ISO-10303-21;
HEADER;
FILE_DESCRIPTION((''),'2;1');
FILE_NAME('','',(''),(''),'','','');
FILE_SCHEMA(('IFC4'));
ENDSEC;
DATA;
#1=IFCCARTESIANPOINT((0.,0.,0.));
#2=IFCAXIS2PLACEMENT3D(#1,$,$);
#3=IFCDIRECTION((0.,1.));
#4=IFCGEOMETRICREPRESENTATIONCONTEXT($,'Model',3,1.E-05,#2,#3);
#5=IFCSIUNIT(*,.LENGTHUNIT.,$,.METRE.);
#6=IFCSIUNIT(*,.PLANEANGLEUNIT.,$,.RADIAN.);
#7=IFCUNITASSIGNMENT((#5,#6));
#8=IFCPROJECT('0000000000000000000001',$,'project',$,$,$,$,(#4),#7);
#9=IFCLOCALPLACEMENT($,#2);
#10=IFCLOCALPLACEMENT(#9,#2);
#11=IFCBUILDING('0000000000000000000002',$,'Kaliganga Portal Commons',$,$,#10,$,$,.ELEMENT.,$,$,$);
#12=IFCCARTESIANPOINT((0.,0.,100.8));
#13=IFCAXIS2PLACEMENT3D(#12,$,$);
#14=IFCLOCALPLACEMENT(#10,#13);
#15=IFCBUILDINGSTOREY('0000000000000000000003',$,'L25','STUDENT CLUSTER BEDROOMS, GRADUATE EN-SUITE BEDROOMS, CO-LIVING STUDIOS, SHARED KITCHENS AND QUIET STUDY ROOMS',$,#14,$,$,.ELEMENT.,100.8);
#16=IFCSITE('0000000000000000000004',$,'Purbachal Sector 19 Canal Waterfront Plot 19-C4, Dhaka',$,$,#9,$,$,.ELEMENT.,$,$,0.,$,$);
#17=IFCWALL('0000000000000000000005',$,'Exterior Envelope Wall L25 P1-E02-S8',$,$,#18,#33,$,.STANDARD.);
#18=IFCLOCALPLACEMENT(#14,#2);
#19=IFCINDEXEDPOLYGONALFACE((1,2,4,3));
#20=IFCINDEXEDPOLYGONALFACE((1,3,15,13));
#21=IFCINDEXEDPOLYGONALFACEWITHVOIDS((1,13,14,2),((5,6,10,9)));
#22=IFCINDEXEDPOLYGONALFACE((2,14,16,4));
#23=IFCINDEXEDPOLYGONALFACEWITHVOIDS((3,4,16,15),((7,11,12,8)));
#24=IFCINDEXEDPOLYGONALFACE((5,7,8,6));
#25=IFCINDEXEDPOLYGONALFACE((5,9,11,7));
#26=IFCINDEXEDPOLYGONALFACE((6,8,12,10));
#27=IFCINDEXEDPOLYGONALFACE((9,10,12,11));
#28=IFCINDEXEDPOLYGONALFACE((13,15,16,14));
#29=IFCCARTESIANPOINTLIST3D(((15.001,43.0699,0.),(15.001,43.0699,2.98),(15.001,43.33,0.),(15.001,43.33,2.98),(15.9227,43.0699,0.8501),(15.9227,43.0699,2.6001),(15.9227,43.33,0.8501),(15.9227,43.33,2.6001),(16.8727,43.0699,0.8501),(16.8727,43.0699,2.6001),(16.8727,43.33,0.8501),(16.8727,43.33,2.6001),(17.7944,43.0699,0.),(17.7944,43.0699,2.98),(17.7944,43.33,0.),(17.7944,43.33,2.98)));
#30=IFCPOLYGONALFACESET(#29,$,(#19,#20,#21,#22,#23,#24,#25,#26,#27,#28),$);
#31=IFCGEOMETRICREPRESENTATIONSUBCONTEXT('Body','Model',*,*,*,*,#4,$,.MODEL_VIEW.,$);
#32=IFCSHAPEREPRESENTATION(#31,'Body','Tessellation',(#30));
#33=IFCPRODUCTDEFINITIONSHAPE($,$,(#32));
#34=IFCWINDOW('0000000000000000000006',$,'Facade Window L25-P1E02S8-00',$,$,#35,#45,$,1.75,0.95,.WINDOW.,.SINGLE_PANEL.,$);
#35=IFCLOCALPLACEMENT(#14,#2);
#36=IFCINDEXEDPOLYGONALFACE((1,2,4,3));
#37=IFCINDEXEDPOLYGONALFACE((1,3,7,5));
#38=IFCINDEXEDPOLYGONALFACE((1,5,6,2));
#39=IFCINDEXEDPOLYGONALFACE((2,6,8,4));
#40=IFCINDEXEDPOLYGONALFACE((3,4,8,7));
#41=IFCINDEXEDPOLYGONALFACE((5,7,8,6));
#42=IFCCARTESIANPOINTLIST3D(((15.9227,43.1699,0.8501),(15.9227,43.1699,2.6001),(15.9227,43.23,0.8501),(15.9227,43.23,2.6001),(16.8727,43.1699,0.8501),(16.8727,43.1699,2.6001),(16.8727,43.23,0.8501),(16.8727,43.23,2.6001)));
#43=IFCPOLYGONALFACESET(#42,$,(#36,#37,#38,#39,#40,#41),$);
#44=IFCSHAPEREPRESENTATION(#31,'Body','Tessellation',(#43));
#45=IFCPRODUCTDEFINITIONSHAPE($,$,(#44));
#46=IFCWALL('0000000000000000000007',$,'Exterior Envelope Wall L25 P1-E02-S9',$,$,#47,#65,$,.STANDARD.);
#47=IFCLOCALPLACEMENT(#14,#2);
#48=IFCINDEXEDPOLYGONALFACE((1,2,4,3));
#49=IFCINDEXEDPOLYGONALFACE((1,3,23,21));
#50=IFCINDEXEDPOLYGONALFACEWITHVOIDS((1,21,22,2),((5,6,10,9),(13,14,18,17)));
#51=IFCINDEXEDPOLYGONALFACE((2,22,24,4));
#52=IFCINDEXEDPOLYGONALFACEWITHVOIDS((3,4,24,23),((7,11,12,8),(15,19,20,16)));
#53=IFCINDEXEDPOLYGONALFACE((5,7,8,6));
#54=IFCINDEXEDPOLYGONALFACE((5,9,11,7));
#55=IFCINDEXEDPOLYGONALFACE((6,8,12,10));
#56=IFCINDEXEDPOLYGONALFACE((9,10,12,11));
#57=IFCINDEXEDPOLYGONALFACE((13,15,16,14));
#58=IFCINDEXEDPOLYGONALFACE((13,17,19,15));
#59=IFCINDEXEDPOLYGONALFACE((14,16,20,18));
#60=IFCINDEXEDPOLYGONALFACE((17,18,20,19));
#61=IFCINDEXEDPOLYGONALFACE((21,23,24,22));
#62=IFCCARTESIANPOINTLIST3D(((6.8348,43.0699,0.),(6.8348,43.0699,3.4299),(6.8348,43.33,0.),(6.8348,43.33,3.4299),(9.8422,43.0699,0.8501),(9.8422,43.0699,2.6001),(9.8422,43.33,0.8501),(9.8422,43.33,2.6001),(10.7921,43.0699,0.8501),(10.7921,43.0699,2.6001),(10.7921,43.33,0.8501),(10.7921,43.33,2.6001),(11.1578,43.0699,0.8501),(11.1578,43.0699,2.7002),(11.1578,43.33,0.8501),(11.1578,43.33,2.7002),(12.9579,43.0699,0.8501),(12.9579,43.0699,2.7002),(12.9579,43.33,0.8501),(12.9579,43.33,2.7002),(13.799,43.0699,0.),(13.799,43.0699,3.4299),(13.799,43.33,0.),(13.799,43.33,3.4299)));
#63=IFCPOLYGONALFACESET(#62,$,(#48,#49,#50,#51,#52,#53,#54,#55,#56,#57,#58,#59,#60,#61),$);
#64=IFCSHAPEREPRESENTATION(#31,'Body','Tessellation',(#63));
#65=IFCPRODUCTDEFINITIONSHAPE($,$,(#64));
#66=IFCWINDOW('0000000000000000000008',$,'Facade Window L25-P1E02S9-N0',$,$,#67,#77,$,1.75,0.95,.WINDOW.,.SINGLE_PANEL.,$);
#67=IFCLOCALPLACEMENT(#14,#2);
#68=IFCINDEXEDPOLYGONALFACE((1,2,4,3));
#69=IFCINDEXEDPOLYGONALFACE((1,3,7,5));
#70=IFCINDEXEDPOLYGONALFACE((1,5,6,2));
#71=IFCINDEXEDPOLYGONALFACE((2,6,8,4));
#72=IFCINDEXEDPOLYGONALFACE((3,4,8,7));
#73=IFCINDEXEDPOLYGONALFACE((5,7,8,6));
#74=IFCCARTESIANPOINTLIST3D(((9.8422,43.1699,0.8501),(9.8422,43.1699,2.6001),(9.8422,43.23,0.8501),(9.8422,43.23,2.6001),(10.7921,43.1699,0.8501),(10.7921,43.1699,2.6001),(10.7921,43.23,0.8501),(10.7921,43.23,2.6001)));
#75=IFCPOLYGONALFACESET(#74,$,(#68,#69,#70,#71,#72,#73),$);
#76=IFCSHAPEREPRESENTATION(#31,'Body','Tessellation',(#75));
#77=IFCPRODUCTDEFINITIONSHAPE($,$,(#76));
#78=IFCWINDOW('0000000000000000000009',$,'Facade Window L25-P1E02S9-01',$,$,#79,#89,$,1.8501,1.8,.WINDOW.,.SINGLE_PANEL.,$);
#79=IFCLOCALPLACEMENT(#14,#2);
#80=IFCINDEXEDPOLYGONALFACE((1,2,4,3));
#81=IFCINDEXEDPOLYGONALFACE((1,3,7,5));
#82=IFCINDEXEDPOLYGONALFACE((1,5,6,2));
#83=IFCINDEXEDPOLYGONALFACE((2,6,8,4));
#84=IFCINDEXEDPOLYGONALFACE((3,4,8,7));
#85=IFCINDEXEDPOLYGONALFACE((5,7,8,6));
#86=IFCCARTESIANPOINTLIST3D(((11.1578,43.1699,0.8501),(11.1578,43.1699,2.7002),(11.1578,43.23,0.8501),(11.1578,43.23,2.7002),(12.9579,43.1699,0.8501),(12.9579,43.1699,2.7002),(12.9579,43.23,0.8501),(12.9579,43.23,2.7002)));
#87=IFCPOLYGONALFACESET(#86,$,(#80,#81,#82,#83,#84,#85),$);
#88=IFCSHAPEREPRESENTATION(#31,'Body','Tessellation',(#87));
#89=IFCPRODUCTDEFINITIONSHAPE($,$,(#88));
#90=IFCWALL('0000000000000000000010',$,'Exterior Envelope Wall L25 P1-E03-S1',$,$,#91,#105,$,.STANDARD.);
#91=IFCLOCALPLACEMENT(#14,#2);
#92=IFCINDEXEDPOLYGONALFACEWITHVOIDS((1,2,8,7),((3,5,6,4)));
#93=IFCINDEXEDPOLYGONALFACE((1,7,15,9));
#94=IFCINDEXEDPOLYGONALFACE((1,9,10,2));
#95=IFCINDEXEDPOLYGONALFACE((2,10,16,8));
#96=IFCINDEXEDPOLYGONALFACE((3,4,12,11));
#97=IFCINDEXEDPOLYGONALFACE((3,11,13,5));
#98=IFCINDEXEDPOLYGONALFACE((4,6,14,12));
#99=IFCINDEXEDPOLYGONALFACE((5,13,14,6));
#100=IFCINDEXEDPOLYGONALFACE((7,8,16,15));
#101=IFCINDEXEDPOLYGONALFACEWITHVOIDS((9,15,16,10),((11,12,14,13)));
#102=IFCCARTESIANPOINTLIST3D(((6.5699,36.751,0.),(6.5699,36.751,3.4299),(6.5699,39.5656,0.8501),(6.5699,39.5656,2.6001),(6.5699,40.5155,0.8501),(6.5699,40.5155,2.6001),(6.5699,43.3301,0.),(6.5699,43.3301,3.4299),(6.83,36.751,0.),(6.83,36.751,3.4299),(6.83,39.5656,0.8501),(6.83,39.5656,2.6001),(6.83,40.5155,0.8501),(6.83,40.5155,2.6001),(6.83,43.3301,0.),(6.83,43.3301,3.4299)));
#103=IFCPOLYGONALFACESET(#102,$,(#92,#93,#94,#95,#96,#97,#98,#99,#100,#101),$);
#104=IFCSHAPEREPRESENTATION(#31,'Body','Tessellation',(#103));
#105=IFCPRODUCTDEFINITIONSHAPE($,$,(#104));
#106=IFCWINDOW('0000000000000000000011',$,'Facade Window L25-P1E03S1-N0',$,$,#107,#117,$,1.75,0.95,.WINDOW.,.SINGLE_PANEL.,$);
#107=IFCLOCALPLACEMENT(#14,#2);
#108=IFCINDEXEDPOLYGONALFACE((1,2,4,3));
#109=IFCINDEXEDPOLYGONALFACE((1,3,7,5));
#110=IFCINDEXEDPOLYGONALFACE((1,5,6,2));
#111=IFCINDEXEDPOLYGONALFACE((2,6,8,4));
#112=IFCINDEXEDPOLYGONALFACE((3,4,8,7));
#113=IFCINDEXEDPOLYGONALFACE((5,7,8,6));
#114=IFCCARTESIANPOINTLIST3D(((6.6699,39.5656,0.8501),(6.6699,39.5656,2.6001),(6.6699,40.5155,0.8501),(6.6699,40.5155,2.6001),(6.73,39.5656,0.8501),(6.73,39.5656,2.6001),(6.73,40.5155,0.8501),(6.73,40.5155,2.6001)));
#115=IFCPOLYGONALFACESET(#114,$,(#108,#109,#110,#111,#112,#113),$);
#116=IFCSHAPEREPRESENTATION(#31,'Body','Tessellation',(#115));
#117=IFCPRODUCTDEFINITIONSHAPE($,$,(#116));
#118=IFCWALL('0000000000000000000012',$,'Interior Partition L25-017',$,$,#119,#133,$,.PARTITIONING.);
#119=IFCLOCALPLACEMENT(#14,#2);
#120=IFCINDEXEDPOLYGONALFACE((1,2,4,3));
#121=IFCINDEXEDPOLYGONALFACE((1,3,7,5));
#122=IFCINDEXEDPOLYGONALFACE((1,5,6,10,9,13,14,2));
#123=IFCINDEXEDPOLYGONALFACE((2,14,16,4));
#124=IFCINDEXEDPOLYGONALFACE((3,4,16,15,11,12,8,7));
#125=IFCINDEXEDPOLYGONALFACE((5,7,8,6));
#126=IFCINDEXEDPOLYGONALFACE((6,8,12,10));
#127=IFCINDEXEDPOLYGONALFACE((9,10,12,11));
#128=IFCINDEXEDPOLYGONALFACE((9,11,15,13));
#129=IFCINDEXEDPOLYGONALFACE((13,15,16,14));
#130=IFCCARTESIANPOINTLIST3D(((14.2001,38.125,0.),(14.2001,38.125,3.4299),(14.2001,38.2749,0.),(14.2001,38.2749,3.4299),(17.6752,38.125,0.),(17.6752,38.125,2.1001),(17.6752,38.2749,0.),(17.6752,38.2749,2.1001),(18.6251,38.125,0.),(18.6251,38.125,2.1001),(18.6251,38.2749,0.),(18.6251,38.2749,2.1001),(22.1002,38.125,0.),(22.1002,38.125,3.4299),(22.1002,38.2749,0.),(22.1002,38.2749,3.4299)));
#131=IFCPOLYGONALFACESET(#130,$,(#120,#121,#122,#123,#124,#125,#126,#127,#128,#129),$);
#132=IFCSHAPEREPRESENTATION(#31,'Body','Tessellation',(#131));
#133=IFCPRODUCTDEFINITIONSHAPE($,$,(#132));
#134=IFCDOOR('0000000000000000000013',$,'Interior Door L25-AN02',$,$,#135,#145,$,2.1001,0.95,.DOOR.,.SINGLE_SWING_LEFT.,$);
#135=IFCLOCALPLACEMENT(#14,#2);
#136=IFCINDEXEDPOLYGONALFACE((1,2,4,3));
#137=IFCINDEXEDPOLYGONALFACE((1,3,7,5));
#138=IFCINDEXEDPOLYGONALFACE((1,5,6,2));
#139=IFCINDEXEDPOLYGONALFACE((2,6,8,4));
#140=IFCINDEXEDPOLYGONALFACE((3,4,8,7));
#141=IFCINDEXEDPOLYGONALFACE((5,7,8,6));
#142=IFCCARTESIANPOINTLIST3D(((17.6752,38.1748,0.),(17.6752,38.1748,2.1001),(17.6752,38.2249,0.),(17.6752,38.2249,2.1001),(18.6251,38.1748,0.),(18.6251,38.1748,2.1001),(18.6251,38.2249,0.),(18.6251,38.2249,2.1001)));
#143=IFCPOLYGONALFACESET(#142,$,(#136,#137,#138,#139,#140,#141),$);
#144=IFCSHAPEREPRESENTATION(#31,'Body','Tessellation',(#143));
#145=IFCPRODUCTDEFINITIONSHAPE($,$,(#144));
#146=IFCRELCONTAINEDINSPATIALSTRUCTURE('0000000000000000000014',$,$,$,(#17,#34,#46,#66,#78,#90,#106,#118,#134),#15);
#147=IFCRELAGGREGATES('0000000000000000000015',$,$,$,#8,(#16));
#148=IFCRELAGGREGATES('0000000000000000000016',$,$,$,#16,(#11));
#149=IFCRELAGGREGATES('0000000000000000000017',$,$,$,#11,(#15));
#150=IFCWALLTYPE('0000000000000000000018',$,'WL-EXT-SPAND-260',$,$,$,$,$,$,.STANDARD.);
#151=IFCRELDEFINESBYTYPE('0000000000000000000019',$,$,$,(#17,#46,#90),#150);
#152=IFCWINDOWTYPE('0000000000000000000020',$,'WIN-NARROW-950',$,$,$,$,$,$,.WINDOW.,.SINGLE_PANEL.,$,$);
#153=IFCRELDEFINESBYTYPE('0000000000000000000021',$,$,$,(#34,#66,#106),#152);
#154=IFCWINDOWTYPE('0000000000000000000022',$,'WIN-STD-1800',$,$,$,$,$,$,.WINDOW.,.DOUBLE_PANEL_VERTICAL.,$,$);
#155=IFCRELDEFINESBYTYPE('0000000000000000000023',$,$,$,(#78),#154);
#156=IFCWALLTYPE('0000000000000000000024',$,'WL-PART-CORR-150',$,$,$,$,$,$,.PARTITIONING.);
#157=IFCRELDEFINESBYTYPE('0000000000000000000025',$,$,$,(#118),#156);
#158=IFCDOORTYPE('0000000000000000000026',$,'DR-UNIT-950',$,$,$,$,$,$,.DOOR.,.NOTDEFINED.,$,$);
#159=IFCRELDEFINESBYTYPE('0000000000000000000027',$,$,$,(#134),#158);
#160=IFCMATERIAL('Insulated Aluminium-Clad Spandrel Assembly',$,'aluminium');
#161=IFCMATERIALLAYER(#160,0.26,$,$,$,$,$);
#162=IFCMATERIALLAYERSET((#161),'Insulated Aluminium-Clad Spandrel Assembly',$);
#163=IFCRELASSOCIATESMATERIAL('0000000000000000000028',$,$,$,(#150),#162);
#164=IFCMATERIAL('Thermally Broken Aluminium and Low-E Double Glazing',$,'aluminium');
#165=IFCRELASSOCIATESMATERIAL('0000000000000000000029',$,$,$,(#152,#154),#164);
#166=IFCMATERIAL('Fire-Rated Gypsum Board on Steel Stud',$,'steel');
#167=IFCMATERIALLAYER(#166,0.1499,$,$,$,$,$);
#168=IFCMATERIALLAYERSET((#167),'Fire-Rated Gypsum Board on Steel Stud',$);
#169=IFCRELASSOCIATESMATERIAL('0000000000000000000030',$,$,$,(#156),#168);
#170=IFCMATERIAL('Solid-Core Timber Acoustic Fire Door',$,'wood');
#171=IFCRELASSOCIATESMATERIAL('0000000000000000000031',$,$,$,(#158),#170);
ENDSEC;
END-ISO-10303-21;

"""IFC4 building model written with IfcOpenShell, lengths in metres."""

from ifc_helpers import new_model, si_unit, direction, frame, frame_2d, origin, place, context, subcontext, project, spatial, rectangle, extrude, material, layer, layer_set, type_object, element, fill, save


model = new_model("IFC4")

# Units and contexts
model_context = context("Model", 3, precision=1e-05, world=origin(), true_north=direction((0.0, 1.0)))
body_context = subcontext(model_context, "Body", "Model", "MODEL_VIEW")
ifc_project = project(units=[si_unit("LENGTHUNIT", "METRE"), si_unit("PLANEANGLEUNIT", "RADIAN")], contexts=[model_context])

# Site, building, storey
site_placement = place(None, origin())
site = spatial("IfcSite", under=ifc_project, at=site_placement, Name="Purbachal Sector 19 Canal Waterfront Plot 19-C4, Dhaka", CompositionType="ELEMENT", RefElevation=0.0)
building_placement = place(site_placement, origin())
building = spatial("IfcBuilding", under=site, at=building_placement, Name="Kaliganga Portal Commons", CompositionType="ELEMENT")
storey_placement = place(building_placement, frame((0.0, 0.0, 100.8)))
storey = spatial("IfcBuildingStorey", under=building, at=storey_placement, Name="L25", Description="STUDENT CLUSTER BEDROOMS, GRADUATE EN-SUITE BEDROOMS, CO-LIVING STUDIOS, SHARED KITCHENS AND QUIET STUDY ROOMS", CompositionType="ELEMENT", Elevation=100.8)

# Wall, opening, window
ifc_material_1 = material(Name="Insulated Aluminium-Clad Spandrel Assembly", Category="aluminium")
ifc_layer_1 = layer(ifc_material_1, 0.26)
ifc_layer_set_1 = layer_set([ifc_layer_1], Name="Insulated Aluminium-Clad Spandrel Assembly")
wall_type_1 = type_object("IfcWallType", Name="WL-EXT-SPAND-260", PredefinedType="STANDARD", material=ifc_layer_set_1)
ifc_material_2 = material(Name="Thermally Broken Aluminium and Low-E Double Glazing", Category="aluminium")
window_type_1 = type_object("IfcWindowType", Name="WIN-NARROW-950", PartitioningType="SINGLE_PANEL", PredefinedType="WINDOW", material=ifc_material_2)
wall_1_placement = place(storey_placement, frame((15.001, 43.2, 0.0), z_axis=(0.0, 0.0, 1.0), x_axis=(1.0, 0.0, 0.0)))
wall_1 = element("IfcWall", 1, at=wall_1_placement, inside=storey, type_object=wall_type_1, Name="Exterior Envelope Wall L25 P1-E02-S8", PredefinedType="STANDARD", context=body_context, shape_type="SweptSolid", body=[
    extrude(rectangle(XDim=2.7935, YDim=0.26, at=frame_2d((1.3967, 0.0))), origin(), (0.0, 0.0, 1.0), 2.98),
])
opening_1_placement = place(wall_1_placement, frame((0.9216, 0.0, 0.8501)))
opening_1 = element("IfcOpeningElement", 2, at=opening_1_placement, cuts=wall_1, PredefinedType="OPENING", context=body_context, shape_type="SweptSolid", body=[
    extrude(rectangle(XDim=0.95, YDim=1.75, at=frame_2d((0.4751, 0.875))), frame((0.0, 0.1401, 0.0), z_axis=(0.0, -1.0, 0.0), x_axis=(1.0, 0.0, 0.0)), (0.0, 0.0, 1.0), 0.28),
])
window_1_placement = place(opening_1_placement, origin())
window_1 = element("IfcWindow", 3, at=window_1_placement, inside=storey, type_object=window_type_1, Name="Facade Window L25-P1E02S8-00", OverallHeight=1.75, OverallWidth=0.95, PartitioningType="SINGLE_PANEL", PredefinedType="WINDOW", context=body_context, shape_type="SweptSolid", body=[
    extrude(rectangle(XDim=0.95, YDim=1.75, at=frame_2d((0.4751, 0.875))), frame((0.0, 0.03, 0.0), z_axis=(0.0, -1.0, 0.0), x_axis=(1.0, 0.0, 0.0)), (0.0, 0.0, 1.0), 0.0601),
])
fill(opening_1, window_1)

# Wall, openings, windows
wall_2_placement = place(storey_placement, frame((6.835, 43.2, 0.0), z_axis=(0.0, 0.0, 1.0), x_axis=(1.0, 0.0, 0.0)))
wall_2 = element("IfcWall", 4, at=wall_2_placement, inside=storey, type_object=wall_type_1, Name="Exterior Envelope Wall L25 P1-E02-S9", PredefinedType="STANDARD", context=body_context, shape_type="SweptSolid", body=[
    extrude(rectangle(XDim=6.9641, YDim=0.26, at=frame_2d((3.4819, 0.0))), origin(), (0.0, 0.0, 1.0), 3.4299),
])
opening_2_placement = place(wall_2_placement, frame((4.323, 0.0, 0.8501)))
opening_2 = element("IfcOpeningElement", 5, at=opening_2_placement, cuts=wall_2, PredefinedType="OPENING", context=body_context, shape_type="SweptSolid", body=[
    extrude(rectangle(XDim=1.8, YDim=1.8501, at=frame_2d((0.8999, 0.925))), frame((0.0, 0.1401, 0.0), z_axis=(0.0, -1.0, 0.0), x_axis=(1.0, 0.0, 0.0)), (0.0, 0.0, 1.0), 0.28),
])
opening_3_placement = place(wall_2_placement, frame((3.0071, 0.0, 0.8501)))
opening_3 = element("IfcOpeningElement", 6, at=opening_3_placement, cuts=wall_2, PredefinedType="OPENING", context=body_context, shape_type="SweptSolid", body=[
    extrude(rectangle(XDim=0.95, YDim=1.75, at=frame_2d((0.4751, 0.875))), frame((0.0, 0.1401, 0.0), z_axis=(0.0, -1.0, 0.0), x_axis=(1.0, 0.0, 0.0)), (0.0, 0.0, 1.0), 0.28),
])
window_2_placement = place(opening_3_placement, origin())
window_2 = element("IfcWindow", 7, at=window_2_placement, inside=storey, type_object=window_type_1, Name="Facade Window L25-P1E02S9-N0", OverallHeight=1.75, OverallWidth=0.95, PartitioningType="SINGLE_PANEL", PredefinedType="WINDOW", context=body_context, shape_type="SweptSolid", body=[
    extrude(rectangle(XDim=0.95, YDim=1.75, at=frame_2d((0.4751, 0.875))), frame((0.0, 0.03, 0.0), z_axis=(0.0, -1.0, 0.0), x_axis=(1.0, 0.0, 0.0)), (0.0, 0.0, 1.0), 0.0601),
])
fill(opening_3, window_2)
window_type_2 = type_object("IfcWindowType", Name="WIN-STD-1800", PartitioningType="DOUBLE_PANEL_VERTICAL", PredefinedType="WINDOW", material=ifc_material_2)
window_3_placement = place(opening_2_placement, origin())
window_3 = element("IfcWindow", 8, at=window_3_placement, inside=storey, type_object=window_type_2, Name="Facade Window L25-P1E02S9-01", OverallHeight=1.8501, OverallWidth=1.8, PartitioningType="SINGLE_PANEL", PredefinedType="WINDOW", context=body_context, shape_type="SweptSolid", body=[
    extrude(rectangle(XDim=1.8, YDim=1.8501, at=frame_2d((0.8999, 0.925))), frame((0.0, 0.03, 0.0), z_axis=(0.0, -1.0, 0.0), x_axis=(1.0, 0.0, 0.0)), (0.0, 0.0, 1.0), 0.0601),
])
fill(opening_2, window_3)

# Wall, opening, window
wall_3_placement = place(storey_placement, frame((6.7, 36.751, 0.0), z_axis=(0.0, 0.0, 1.0), x_axis=(0.0, 1.0, 0.0)))
wall_3 = element("IfcWall", 9, at=wall_3_placement, inside=storey, type_object=wall_type_1, Name="Exterior Envelope Wall L25 P1-E03-S1", PredefinedType="STANDARD", context=body_context, shape_type="SweptSolid", body=[
    extrude(rectangle(XDim=6.5791, YDim=0.26, at=frame_2d((3.2896, 0.0))), origin(), (0.0, 0.0, 1.0), 3.4299),
])
opening_4_placement = place(wall_3_placement, frame((2.8145, 0.0, 0.8501)))
opening_4 = element("IfcOpeningElement", 10, at=opening_4_placement, cuts=wall_3, PredefinedType="OPENING", context=body_context, shape_type="SweptSolid", body=[
    extrude(rectangle(XDim=0.95, YDim=1.75, at=frame_2d((0.4751, 0.875))), frame((0.0, 0.1401, 0.0), z_axis=(0.0, -1.0, 0.0), x_axis=(1.0, 0.0, 0.0)), (0.0, 0.0, 1.0), 0.28),
])
window_4_placement = place(opening_4_placement, origin())
window_4 = element("IfcWindow", 11, at=window_4_placement, inside=storey, type_object=window_type_1, Name="Facade Window L25-P1E03S1-N0", OverallHeight=1.75, OverallWidth=0.95, PartitioningType="SINGLE_PANEL", PredefinedType="WINDOW", context=body_context, shape_type="SweptSolid", body=[
    extrude(rectangle(XDim=0.95, YDim=1.75, at=frame_2d((0.4751, 0.875))), frame((0.0, 0.03, 0.0), z_axis=(0.0, -1.0, 0.0), x_axis=(1.0, 0.0, 0.0)), (0.0, 0.0, 1.0), 0.0601),
])
fill(opening_4, window_4)

# Wall, opening, door
ifc_material_3 = material(Name="Fire-Rated Gypsum Board on Steel Stud", Category="steel")
ifc_layer_2 = layer(ifc_material_3, 0.1499)
ifc_layer_set_2 = layer_set([ifc_layer_2], Name="Fire-Rated Gypsum Board on Steel Stud")
wall_type_2 = type_object("IfcWallType", Name="WL-PART-CORR-150", PredefinedType="PARTITIONING", material=ifc_layer_set_2)
wall_4_placement = place(storey_placement, frame((14.2, 38.2, 0.0), z_axis=(0.0, 0.0, 1.0), x_axis=(1.0, 0.0, 0.0)))
wall_4 = element("IfcWall", 12, at=wall_4_placement, inside=storey, type_object=wall_type_2, Name="Interior Partition L25-017", PredefinedType="PARTITIONING", context=body_context, shape_type="SweptSolid", body=[
    extrude(rectangle(XDim=7.9001, YDim=0.1499, at=frame_2d((3.9502, 0.0))), origin(), (0.0, 0.0, 1.0), 3.4299),
])
opening_5_placement = place(wall_4_placement, frame((3.4751, 0.0, 0.0)))
opening_5 = element("IfcOpeningElement", 13, at=opening_5_placement, cuts=wall_4, PredefinedType="OPENING", context=body_context, shape_type="SweptSolid", body=[
    extrude(rectangle(XDim=0.95, YDim=2.1001, at=frame_2d((0.4751, 1.05))), frame((0.0, 0.085, 0.0), z_axis=(0.0, -1.0, 0.0), x_axis=(1.0, 0.0, 0.0)), (0.0, 0.0, 1.0), 0.1699),
])
ifc_material_4 = material(Name="Solid-Core Timber Acoustic Fire Door", Category="wood")
door_type_1 = type_object("IfcDoorType", Name="DR-UNIT-950", OperationType="NOTDEFINED", PredefinedType="DOOR", material=ifc_material_4)
door_1_placement = place(opening_5_placement, origin())
door_1 = element("IfcDoor", 14, at=door_1_placement, inside=storey, type_object=door_type_1, Name="Interior Door L25-AN02", OperationType="SINGLE_SWING_LEFT", OverallHeight=2.1001, OverallWidth=0.95, PredefinedType="DOOR", context=body_context, shape_type="SweptSolid", body=[
    extrude(rectangle(XDim=0.95, YDim=2.1001, at=frame_2d((0.4751, 1.05))), frame((0.0, 0.0249, 0.0), z_axis=(0.0, -1.0, 0.0), x_axis=(1.0, 0.0, 0.0)), (0.0, 0.0, 1.0), 0.05),
])
fill(opening_5, door_1)

save(model, "model.ifc")
